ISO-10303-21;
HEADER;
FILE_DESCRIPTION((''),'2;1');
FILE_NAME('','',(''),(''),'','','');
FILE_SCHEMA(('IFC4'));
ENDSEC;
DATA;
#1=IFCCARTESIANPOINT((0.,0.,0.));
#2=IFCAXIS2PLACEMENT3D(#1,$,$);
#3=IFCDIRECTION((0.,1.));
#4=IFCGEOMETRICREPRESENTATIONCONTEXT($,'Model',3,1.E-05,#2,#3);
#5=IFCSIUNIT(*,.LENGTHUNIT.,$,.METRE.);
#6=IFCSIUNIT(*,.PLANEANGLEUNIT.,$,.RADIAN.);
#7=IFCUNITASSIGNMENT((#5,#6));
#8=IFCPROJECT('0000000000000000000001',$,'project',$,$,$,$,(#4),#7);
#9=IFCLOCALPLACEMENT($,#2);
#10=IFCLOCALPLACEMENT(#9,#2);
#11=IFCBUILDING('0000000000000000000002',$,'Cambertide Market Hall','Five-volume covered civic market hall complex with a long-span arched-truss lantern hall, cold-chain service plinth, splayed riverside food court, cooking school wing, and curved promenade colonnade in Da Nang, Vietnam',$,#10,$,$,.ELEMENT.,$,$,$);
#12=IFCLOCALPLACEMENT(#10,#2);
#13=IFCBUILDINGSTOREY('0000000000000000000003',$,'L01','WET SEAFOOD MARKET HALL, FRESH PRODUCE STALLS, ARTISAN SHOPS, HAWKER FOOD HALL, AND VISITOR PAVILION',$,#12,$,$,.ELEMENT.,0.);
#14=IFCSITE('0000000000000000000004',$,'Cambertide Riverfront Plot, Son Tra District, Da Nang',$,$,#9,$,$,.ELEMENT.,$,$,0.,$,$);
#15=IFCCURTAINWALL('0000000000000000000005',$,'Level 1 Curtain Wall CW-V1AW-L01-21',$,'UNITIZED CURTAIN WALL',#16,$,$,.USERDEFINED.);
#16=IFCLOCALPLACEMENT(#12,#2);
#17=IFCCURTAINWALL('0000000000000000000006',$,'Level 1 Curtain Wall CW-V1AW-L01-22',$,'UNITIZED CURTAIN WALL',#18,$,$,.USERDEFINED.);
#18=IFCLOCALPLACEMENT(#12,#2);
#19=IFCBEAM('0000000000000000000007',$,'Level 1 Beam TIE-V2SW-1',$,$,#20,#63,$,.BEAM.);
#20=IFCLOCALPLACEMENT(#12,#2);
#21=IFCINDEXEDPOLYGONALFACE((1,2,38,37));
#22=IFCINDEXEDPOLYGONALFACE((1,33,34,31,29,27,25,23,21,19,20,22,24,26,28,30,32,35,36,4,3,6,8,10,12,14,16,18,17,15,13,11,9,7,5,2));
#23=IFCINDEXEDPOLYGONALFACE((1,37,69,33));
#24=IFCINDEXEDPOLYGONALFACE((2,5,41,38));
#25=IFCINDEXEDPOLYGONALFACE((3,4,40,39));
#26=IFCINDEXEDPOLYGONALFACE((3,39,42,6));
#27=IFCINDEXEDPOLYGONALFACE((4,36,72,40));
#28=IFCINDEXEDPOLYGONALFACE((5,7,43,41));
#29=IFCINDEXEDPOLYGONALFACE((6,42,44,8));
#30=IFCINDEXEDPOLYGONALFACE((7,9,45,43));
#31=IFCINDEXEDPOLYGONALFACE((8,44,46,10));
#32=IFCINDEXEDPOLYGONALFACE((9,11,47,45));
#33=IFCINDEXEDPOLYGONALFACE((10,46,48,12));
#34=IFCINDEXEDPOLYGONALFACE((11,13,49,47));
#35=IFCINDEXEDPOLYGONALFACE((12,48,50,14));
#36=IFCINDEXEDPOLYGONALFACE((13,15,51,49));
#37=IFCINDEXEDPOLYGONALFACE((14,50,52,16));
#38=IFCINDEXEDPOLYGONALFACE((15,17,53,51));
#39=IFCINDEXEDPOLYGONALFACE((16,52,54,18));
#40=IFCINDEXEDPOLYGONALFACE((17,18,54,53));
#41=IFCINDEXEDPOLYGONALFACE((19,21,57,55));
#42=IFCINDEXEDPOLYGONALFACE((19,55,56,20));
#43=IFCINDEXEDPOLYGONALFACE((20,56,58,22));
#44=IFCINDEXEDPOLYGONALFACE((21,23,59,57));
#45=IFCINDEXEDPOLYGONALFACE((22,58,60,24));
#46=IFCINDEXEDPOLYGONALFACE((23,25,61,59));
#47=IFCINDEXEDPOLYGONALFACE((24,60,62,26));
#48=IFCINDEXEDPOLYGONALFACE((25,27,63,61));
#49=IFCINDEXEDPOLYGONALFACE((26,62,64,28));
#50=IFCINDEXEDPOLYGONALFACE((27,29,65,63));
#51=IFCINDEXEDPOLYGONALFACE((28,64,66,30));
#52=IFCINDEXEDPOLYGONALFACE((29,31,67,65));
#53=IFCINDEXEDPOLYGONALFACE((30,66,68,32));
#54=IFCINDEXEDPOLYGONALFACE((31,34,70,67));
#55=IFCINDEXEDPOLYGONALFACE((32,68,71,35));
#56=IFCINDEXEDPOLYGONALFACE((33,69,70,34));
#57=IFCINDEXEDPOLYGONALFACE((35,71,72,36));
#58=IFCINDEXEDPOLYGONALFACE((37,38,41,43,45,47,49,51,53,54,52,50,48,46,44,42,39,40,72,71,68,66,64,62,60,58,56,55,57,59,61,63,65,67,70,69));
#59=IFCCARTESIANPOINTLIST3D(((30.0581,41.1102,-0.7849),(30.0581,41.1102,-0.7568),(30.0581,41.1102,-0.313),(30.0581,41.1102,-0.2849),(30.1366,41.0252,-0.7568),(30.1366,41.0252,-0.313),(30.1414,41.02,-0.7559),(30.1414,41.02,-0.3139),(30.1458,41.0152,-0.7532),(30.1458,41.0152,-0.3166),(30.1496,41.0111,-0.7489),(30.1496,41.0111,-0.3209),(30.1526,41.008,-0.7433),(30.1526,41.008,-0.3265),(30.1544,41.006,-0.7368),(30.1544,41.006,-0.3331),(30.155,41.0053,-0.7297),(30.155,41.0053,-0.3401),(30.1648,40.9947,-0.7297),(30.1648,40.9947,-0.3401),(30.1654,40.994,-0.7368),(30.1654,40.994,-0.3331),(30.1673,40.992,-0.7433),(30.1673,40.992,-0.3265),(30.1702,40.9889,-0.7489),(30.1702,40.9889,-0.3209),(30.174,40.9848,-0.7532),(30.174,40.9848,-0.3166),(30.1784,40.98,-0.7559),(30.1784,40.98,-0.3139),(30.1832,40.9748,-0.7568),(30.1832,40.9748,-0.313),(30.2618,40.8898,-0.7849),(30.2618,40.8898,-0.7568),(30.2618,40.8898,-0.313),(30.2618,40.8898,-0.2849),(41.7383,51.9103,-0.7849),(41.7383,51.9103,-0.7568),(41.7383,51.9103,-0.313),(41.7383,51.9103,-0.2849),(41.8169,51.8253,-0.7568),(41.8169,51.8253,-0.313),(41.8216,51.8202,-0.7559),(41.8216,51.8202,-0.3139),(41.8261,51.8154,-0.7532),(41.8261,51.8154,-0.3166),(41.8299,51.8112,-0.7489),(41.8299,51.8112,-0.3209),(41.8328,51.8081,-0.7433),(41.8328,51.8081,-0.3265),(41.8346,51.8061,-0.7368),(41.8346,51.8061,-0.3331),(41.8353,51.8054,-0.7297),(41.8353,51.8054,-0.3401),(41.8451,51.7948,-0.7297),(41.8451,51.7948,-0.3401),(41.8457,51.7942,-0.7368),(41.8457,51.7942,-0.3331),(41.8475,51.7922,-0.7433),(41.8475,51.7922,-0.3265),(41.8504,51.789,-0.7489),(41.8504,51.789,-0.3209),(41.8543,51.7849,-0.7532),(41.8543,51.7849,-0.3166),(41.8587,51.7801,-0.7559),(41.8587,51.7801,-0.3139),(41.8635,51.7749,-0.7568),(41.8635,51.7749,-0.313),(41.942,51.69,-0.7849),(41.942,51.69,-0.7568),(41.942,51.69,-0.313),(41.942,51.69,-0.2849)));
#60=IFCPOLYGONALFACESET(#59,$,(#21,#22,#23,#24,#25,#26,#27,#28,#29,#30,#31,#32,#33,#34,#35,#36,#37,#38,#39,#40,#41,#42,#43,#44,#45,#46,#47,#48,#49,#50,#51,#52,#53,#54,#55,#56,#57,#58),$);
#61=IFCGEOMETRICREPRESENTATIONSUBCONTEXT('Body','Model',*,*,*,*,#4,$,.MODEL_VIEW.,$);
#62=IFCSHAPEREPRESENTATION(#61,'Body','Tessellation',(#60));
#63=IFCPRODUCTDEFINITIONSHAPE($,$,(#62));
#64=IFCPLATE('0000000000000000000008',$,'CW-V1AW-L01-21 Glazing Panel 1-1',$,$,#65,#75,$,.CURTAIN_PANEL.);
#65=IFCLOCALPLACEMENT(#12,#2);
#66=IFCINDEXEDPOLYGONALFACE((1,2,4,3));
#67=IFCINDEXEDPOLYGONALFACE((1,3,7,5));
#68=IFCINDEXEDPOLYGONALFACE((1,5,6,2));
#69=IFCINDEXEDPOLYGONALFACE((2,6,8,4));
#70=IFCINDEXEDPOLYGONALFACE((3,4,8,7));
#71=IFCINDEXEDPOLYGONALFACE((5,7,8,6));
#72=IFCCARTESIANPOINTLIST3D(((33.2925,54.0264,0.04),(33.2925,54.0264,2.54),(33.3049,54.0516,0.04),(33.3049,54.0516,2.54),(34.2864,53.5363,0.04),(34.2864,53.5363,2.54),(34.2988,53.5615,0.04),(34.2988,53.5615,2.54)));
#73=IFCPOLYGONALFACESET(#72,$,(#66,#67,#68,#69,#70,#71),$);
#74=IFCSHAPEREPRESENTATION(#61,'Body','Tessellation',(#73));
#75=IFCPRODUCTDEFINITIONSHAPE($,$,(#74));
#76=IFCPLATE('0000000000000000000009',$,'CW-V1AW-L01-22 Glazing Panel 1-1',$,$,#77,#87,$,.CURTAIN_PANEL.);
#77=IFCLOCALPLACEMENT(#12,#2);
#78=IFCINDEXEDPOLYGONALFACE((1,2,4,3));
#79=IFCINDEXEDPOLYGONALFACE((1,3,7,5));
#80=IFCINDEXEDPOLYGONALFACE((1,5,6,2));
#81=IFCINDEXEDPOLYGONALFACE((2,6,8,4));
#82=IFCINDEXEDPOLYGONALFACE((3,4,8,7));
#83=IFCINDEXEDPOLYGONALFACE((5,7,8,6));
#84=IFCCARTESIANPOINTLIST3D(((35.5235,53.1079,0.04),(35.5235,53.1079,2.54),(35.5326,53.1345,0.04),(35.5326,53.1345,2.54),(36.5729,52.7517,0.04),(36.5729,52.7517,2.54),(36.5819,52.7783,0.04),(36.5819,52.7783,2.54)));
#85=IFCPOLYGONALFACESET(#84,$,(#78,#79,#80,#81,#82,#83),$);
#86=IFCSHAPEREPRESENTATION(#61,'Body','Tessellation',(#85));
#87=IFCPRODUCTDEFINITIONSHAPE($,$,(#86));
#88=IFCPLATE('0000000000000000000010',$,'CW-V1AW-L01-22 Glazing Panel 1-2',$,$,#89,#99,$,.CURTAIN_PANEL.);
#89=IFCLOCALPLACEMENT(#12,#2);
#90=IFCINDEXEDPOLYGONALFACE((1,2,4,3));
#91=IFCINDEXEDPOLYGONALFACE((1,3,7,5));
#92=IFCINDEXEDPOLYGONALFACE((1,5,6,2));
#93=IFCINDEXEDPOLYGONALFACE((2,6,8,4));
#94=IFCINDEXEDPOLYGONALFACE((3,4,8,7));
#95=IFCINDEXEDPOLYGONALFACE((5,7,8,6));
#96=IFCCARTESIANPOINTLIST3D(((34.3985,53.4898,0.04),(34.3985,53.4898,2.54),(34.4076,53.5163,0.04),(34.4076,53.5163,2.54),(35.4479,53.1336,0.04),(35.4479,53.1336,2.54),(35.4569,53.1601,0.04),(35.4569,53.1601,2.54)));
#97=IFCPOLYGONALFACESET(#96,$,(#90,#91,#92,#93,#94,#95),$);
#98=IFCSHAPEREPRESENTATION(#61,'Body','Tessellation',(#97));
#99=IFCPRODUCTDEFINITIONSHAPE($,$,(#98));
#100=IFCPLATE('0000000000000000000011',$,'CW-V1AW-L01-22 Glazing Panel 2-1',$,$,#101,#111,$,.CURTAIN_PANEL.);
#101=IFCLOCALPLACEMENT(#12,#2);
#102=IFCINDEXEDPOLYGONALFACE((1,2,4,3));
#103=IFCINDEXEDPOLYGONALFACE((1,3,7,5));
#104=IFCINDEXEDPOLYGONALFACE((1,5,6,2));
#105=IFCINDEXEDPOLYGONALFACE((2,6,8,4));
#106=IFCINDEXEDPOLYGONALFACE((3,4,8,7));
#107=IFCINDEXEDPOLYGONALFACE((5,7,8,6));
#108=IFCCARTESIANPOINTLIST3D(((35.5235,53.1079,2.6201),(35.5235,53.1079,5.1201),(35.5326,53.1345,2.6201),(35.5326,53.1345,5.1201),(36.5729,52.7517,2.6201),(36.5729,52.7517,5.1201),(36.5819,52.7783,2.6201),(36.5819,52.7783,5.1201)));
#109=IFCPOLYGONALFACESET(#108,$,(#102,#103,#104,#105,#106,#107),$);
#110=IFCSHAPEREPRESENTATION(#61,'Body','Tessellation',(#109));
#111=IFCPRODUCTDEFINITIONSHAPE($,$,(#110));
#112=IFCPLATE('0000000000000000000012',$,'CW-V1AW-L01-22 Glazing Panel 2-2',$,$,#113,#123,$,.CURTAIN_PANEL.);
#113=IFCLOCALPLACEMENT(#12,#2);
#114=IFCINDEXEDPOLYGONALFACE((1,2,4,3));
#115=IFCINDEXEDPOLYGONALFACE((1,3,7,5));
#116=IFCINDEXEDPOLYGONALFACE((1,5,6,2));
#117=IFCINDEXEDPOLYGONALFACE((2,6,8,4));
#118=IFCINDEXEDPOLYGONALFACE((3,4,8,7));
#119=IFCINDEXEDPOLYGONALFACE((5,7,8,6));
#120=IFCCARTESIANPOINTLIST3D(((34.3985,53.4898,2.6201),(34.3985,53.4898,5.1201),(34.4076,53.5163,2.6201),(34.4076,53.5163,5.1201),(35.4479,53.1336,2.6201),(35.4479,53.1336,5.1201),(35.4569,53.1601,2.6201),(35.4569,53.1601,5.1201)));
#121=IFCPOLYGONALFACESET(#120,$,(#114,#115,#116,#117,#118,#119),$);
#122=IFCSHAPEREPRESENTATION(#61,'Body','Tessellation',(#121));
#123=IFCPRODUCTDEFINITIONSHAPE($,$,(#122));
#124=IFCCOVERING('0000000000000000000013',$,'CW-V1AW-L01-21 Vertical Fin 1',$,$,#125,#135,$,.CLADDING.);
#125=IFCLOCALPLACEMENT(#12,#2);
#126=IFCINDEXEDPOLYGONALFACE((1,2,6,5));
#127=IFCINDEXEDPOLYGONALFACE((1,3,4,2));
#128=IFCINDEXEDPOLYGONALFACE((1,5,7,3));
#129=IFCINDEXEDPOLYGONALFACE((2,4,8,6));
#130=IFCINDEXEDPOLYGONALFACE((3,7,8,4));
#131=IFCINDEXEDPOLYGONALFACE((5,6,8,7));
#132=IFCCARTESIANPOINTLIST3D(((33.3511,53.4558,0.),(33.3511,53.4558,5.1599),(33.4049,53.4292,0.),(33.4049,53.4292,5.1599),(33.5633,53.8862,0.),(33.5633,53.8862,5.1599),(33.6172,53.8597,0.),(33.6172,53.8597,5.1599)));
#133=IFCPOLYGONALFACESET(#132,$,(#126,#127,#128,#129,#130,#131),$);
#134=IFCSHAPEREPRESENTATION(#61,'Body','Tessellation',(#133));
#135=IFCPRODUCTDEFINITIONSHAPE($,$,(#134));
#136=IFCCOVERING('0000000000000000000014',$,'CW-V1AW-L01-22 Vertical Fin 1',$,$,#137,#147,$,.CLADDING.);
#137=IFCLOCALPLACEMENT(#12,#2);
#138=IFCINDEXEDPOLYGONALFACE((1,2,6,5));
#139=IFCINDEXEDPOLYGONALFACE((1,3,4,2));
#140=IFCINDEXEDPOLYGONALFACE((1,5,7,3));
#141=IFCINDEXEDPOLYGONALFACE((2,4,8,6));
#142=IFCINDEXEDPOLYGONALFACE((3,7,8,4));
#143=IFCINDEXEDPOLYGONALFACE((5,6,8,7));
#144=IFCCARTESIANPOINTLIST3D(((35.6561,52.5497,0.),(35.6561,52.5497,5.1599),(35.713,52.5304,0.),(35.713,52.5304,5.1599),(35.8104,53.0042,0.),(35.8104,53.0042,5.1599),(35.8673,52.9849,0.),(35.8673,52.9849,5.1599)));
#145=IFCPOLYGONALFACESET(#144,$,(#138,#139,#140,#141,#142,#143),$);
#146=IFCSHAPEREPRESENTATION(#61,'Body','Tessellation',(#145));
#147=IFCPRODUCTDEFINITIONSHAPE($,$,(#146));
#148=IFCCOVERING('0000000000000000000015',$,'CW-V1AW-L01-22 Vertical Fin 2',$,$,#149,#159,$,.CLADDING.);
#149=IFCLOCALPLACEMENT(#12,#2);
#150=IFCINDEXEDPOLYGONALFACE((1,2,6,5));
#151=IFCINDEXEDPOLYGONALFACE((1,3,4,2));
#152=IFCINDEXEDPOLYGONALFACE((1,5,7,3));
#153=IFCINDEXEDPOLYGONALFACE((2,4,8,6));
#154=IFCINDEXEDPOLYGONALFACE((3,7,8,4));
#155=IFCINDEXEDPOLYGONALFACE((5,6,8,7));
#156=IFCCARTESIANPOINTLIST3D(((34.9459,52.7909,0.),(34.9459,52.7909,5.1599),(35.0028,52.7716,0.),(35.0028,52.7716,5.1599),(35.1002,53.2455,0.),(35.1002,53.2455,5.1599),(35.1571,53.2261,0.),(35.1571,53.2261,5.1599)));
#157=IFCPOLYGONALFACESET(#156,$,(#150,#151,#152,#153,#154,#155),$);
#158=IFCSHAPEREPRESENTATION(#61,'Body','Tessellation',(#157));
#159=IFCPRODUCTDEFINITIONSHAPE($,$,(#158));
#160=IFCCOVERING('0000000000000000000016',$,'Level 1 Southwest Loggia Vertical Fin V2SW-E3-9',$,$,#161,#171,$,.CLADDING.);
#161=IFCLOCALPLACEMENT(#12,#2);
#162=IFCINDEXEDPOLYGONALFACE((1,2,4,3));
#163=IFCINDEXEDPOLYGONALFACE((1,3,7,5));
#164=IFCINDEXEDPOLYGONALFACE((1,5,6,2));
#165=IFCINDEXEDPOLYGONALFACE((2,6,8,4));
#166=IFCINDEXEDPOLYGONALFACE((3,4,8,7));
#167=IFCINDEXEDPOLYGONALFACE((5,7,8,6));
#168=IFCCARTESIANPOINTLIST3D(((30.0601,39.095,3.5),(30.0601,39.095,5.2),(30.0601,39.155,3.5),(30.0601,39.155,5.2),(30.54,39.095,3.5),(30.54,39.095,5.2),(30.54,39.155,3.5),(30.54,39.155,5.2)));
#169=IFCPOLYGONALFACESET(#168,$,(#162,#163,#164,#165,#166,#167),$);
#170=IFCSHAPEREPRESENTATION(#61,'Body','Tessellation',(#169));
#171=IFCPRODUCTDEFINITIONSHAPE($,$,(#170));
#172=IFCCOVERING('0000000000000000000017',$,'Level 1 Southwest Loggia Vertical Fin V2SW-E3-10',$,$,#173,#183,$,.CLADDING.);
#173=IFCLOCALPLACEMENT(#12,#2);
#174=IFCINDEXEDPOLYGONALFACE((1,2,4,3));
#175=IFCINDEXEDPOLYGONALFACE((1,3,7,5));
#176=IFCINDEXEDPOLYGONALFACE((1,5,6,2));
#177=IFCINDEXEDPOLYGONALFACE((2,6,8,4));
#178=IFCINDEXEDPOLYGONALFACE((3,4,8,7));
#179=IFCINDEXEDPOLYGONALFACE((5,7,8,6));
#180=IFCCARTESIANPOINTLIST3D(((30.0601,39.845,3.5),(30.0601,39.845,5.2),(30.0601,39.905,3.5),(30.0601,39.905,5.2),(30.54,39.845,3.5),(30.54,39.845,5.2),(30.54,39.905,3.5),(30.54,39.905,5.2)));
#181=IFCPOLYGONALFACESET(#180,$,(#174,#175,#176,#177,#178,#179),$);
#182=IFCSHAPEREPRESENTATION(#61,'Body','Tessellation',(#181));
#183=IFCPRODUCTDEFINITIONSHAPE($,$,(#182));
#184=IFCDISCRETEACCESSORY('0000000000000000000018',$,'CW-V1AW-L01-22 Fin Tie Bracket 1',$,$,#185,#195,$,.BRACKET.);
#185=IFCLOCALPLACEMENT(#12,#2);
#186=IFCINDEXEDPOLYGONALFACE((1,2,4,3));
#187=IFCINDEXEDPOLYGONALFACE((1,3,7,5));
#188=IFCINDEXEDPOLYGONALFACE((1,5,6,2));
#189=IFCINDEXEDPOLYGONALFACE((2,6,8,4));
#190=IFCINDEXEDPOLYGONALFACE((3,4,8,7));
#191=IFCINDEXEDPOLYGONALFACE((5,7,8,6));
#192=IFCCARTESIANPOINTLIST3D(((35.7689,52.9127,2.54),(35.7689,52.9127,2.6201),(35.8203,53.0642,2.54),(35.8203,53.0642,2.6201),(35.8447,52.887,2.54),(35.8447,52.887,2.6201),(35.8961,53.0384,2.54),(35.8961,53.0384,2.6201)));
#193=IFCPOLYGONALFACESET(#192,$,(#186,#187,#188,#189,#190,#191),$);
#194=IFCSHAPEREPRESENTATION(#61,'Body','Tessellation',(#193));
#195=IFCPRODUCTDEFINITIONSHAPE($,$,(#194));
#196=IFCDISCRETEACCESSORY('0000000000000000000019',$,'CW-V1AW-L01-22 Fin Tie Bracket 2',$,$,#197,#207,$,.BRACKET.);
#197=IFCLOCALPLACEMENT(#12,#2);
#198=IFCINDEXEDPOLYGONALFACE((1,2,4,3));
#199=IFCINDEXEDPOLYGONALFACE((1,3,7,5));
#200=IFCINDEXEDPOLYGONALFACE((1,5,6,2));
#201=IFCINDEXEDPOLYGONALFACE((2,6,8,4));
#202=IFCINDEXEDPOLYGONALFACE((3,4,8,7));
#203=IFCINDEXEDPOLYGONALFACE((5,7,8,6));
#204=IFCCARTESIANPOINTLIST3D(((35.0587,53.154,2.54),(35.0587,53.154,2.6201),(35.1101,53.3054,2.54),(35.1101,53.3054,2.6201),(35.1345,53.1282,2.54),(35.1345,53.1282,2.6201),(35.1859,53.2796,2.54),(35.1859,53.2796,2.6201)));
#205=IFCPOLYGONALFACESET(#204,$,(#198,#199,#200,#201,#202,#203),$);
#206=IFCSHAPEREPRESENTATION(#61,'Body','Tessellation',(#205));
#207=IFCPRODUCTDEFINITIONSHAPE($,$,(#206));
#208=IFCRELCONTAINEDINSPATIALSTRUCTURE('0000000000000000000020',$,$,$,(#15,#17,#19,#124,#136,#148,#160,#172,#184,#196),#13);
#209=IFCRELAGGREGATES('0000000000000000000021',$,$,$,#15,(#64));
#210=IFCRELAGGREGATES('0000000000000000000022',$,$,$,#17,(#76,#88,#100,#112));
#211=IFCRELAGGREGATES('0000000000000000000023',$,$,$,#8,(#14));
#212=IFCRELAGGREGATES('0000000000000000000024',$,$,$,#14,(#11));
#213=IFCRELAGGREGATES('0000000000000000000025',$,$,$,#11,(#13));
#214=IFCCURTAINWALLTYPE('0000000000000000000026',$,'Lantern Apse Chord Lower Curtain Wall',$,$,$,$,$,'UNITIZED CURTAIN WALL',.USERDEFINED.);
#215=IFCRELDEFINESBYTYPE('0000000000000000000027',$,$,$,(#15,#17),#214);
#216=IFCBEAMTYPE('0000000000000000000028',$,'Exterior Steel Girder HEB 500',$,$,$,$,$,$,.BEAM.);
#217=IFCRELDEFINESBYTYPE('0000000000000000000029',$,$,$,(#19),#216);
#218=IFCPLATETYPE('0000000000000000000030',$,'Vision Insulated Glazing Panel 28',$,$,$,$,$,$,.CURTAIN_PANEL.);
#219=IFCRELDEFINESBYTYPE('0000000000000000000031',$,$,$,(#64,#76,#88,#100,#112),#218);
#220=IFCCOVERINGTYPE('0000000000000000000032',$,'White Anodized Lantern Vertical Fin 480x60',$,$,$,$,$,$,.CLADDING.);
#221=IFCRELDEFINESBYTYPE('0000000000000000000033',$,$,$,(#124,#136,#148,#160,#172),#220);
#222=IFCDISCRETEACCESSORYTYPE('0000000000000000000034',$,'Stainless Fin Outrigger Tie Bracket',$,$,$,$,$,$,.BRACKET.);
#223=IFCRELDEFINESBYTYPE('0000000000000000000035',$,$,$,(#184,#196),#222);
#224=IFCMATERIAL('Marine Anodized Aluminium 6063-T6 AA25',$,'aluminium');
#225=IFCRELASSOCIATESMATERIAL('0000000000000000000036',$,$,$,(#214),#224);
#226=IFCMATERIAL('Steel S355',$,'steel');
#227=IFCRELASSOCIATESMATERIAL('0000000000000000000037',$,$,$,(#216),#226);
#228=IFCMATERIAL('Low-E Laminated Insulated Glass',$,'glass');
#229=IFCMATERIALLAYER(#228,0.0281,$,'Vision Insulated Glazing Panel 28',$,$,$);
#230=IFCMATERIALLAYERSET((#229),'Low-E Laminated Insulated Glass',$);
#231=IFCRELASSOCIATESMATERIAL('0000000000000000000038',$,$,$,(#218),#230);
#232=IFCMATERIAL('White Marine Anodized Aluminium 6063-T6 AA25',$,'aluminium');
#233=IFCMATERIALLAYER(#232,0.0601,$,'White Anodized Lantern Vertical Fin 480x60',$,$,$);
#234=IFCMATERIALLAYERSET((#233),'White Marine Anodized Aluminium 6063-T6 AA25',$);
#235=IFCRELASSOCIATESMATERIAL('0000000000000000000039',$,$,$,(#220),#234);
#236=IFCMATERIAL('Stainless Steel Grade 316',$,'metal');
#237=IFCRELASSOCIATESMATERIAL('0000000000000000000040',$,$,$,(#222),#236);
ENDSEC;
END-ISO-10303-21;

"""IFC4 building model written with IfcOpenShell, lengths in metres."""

from ifc_helpers import new_model, si_unit, direction, frame, origin, origin_2d, place, context, subcontext, project, spatial, rectangle, i_section, extrude, material, layer, layer_set, material_profile, profile_set, type_object, element, aggregate, save


model = new_model("IFC4")

# Units and contexts
model_context = context("Model", 3, precision=1e-05, world=origin(), true_north=direction((0.0, 1.0)))
body_context = subcontext(model_context, "Body", "Model", "MODEL_VIEW")
ifc_project = project(units=[si_unit("LENGTHUNIT", "METRE"), si_unit("PLANEANGLEUNIT", "RADIAN")], contexts=[model_context])

# Site, building, storey
site_placement = place(None, origin())
site = spatial("IfcSite", under=ifc_project, at=site_placement, Name="Cambertide Riverfront Plot, Son Tra District, Da Nang", CompositionType="ELEMENT", RefElevation=0.0)
building_placement = place(site_placement, origin())
building = spatial("IfcBuilding", under=site, at=building_placement, Name="Cambertide Market Hall", Description="Five-volume covered civic market hall complex with a long-span arched-truss lantern hall, cold-chain service plinth, splayed riverside food court, cooking school wing, and curved promenade colonnade in Da Nang, Vietnam", CompositionType="ELEMENT")
storey_placement = place(building_placement, origin())
storey = spatial("IfcBuildingStorey", under=building, at=storey_placement, Name="L01", Description="WET SEAFOOD MARKET HALL, FRESH PRODUCE STALLS, ARTISAN SHOPS, HAWKER FOOD HALL, AND VISITOR PAVILION", CompositionType="ELEMENT", Elevation=0.0)

# Curtain wall
ifc_material_1 = material(Name="Marine Anodized Aluminium 6063-T6 AA25", Category="aluminium")
curtain_wall_type = type_object("IfcCurtainWallType", Name="Lantern Apse Chord Lower Curtain Wall", ElementType="UNITIZED CURTAIN WALL", PredefinedType="USERDEFINED", material=ifc_material_1)
curtain_wall_1_placement = place(storey_placement, origin())
curtain_wall_1 = element("IfcCurtainWall", 1, at=curtain_wall_1_placement, inside=storey, type_object=curtain_wall_type, Name="Level 1 Curtain Wall CW-V1AW-L01-21", ObjectType="UNITIZED CURTAIN WALL", PredefinedType="USERDEFINED")

# Curtain wall
curtain_wall_2_placement = place(storey_placement, origin())
curtain_wall_2 = element("IfcCurtainWall", 2, at=curtain_wall_2_placement, inside=storey, type_object=curtain_wall_type, Name="Level 1 Curtain Wall CW-V1AW-L01-22", ObjectType="UNITIZED CURTAIN WALL", PredefinedType="USERDEFINED")

# Beam
ifc_material_2 = material(Name="Steel S355", Category="steel")
ifc_material_profile_1 = material_profile(ifc_material_2, i_section(OverallWidth=0.3, OverallDepth=0.5, WebThickness=0.0144, FlangeThickness=0.0281, FilletRadius=0.0271, at=origin_2d()), Name="HEB 500")
ifc_profile_set_1 = profile_set([ifc_material_profile_1], Name="Steel S355")
beam_type = type_object("IfcBeamType", Name="Exterior Steel Girder HEB 500", PredefinedType="BEAM", material=ifc_profile_set_1)
beam_placement = place(storey_placement, frame((30.1599, 41.0, -0.5349), z_axis=(0.734228, 0.678903, 0.0), x_axis=(-0.678903, 0.734228, 0.0)))
element("IfcBeam", 3, at=beam_placement, inside=storey, type_object=beam_type, Name="Level 1 Beam TIE-V2SW-1", PredefinedType="BEAM", context=body_context, shape_type="SweptSolid", body=[
    extrude(i_section(OverallWidth=0.3, OverallDepth=0.5, WebThickness=0.0144, FlangeThickness=0.0281, FilletRadius=0.0271, at=origin_2d()), origin(), (0.0, 0.0, 1.0), 15.9082),
])

# Plates
ifc_material_3 = material(Name="Low-E Laminated Insulated Glass", Category="glass")
ifc_layer_1 = layer(ifc_material_3, 0.0281, Name="Vision Insulated Glazing Panel 28")
ifc_layer_set_1 = layer_set([ifc_layer_1], Name="Low-E Laminated Insulated Glass")
plate_type = type_object("IfcPlateType", Name="Vision Insulated Glazing Panel 28", PredefinedType="CURTAIN_PANEL", material=ifc_layer_set_1)
plate_1_placement = place(storey_placement, frame((33.7957, 53.7939, 0.04), z_axis=(0.0, 0.0, 1.0), x_axis=(-0.896873, 0.442289, 0.0)))
plate_1 = element("IfcPlate", 4, at=plate_1_placement, type_object=plate_type, Name="CW-V1AW-L01-21 Glazing Panel 1-1", PredefinedType="CURTAIN_PANEL", context=body_context, shape_type="SweptSolid", body=[
    extrude(rectangle(XDim=1.1082, YDim=0.0281, at=origin_2d()), origin(), (0.0, 0.0, 1.0), 2.5),
])
aggregate(curtain_wall_1, [plate_1])
plate_2_placement = place(storey_placement, frame((36.0527, 52.9431, 0.04), z_axis=(0.0, 0.0, 1.0), x_axis=(-0.94693, 0.321439, 0.0)))
plate_2 = element("IfcPlate", 5, at=plate_2_placement, type_object=plate_type, Name="CW-V1AW-L01-22 Glazing Panel 1-1", PredefinedType="CURTAIN_PANEL", context=body_context, shape_type="SweptSolid", body=[
    extrude(rectangle(XDim=1.1082, YDim=0.0281, at=origin_2d()), origin(), (0.0, 0.0, 1.0), 2.5),
])
plate_3_placement = place(storey_placement, frame((34.9277, 53.325, 0.04), z_axis=(0.0, 0.0, 1.0), x_axis=(-0.94693, 0.321439, 0.0)))
plate_3 = element("IfcPlate", 6, at=plate_3_placement, type_object=plate_type, Name="CW-V1AW-L01-22 Glazing Panel 1-2", PredefinedType="CURTAIN_PANEL", context=body_context, shape_type="SweptSolid", body=[
    extrude(rectangle(XDim=1.1082, YDim=0.0281, at=origin_2d()), origin(), (0.0, 0.0, 1.0), 2.5),
])
plate_4_placement = place(storey_placement, frame((36.0527, 52.9431, 2.6201), z_axis=(0.0, 0.0, 1.0), x_axis=(-0.94693, 0.321439, 0.0)))
plate_4 = element("IfcPlate", 7, at=plate_4_placement, type_object=plate_type, Name="CW-V1AW-L01-22 Glazing Panel 2-1", PredefinedType="CURTAIN_PANEL", context=body_context, shape_type="SweptSolid", body=[
    extrude(rectangle(XDim=1.1082, YDim=0.0281, at=origin_2d()), origin(), (0.0, 0.0, 1.0), 2.5),
])
plate_5_placement = place(storey_placement, frame((34.9277, 53.325, 2.6201), z_axis=(0.0, 0.0, 1.0), x_axis=(-0.94693, 0.321439, 0.0)))
plate_5 = element("IfcPlate", 8, at=plate_5_placement, type_object=plate_type, Name="CW-V1AW-L01-22 Glazing Panel 2-2", PredefinedType="CURTAIN_PANEL", context=body_context, shape_type="SweptSolid", body=[
    extrude(rectangle(XDim=1.1082, YDim=0.0281, at=origin_2d()), origin(), (0.0, 0.0, 1.0), 2.5),
])
aggregate(curtain_wall_2, [plate_2, plate_3, plate_4, plate_5])

# Coverings
ifc_material_4 = material(Name="White Marine Anodized Aluminium 6063-T6 AA25", Category="aluminium")
ifc_layer_2 = layer(ifc_material_4, 0.0601, Name="White Anodized Lantern Vertical Fin 480x60")
ifc_layer_set_2 = layer_set([ifc_layer_2], Name="White Marine Anodized Aluminium 6063-T6 AA25")
covering_type = type_object("IfcCoveringType", Name="White Anodized Lantern Vertical Fin 480x60", PredefinedType="CLADDING", material=ifc_layer_set_2)
for number, where, z_axis, x_axis, name in (
    (9, (33.4841, 53.6577, 0.0), (0.0, 0.0, 1.0), (-0.896873, 0.442289, 0.0), "CW-V1AW-L01-21 Vertical Fin 1"),
    (10, (35.7617, 52.7673, 0.0), (0.0, 0.0, 1.0), (-0.94693, 0.321439, 0.0), "CW-V1AW-L01-22 Vertical Fin 1"),
    (11, (35.0515, 53.0085, 0.0), (0.0, 0.0, 1.0), (-0.94693, 0.321439, 0.0), "CW-V1AW-L01-22 Vertical Fin 2"),
):
    element("IfcCovering", number, at=place(storey_placement, frame(where, z_axis=z_axis, x_axis=x_axis)), inside=storey, type_object=covering_type, Name=name, PredefinedType="CLADDING", context=body_context, shape_type="SweptSolid", body=[
        extrude(rectangle(XDim=0.0601, YDim=0.48, at=origin_2d()), origin(), (0.0, 0.0, 1.0), 5.1599),
    ])
for number, where, z_axis, x_axis, name in (
    (12, (30.3, 39.125, 3.5), (0.0, 0.0, 1.0), (0.0, -1.0, 0.0), "Level 1 Southwest Loggia Vertical Fin V2SW-E3-9"),
    (13, (30.3, 39.875, 3.5), (0.0, 0.0, 1.0), (0.0, -1.0, 0.0), "Level 1 Southwest Loggia Vertical Fin V2SW-E3-10"),
):
    element("IfcCovering", number, at=place(storey_placement, frame(where, z_axis=z_axis, x_axis=x_axis)), inside=storey, type_object=covering_type, Name=name, PredefinedType="CLADDING", context=body_context, shape_type="SweptSolid", body=[
        extrude(rectangle(XDim=0.0601, YDim=0.48, at=origin_2d()), origin(), (0.0, 0.0, 1.0), 1.7),
    ])

# Discrete accessories
ifc_material_5 = material(Name="Stainless Steel Grade 316", Category="metal")
discrete_accessory_type = type_object("IfcDiscreteAccessoryType", Name="Stainless Fin Outrigger Tie Bracket", PredefinedType="BRACKET", material=ifc_material_5)
for number, where, z_axis, x_axis, name in (
    (14, (35.8325, 52.9756, 2.54), (0.0, 0.0, 1.0), (-0.94693, 0.321439, 0.0), "CW-V1AW-L01-22 Fin Tie Bracket 1"),
    (15, (35.1223, 53.2168, 2.54), (0.0, 0.0, 1.0), (-0.94693, 0.321439, 0.0), "CW-V1AW-L01-22 Fin Tie Bracket 2"),
):
    element("IfcDiscreteAccessory", number, at=place(storey_placement, frame(where, z_axis=z_axis, x_axis=x_axis)), inside=storey, type_object=discrete_accessory_type, Name=name, PredefinedType="BRACKET", context=body_context, shape_type="SweptSolid", body=[
        extrude(rectangle(XDim=0.0801, YDim=0.1599, at=origin_2d()), origin(), (0.0, 0.0, 1.0), 0.0801),
    ])

save(model, "model.ifc")
